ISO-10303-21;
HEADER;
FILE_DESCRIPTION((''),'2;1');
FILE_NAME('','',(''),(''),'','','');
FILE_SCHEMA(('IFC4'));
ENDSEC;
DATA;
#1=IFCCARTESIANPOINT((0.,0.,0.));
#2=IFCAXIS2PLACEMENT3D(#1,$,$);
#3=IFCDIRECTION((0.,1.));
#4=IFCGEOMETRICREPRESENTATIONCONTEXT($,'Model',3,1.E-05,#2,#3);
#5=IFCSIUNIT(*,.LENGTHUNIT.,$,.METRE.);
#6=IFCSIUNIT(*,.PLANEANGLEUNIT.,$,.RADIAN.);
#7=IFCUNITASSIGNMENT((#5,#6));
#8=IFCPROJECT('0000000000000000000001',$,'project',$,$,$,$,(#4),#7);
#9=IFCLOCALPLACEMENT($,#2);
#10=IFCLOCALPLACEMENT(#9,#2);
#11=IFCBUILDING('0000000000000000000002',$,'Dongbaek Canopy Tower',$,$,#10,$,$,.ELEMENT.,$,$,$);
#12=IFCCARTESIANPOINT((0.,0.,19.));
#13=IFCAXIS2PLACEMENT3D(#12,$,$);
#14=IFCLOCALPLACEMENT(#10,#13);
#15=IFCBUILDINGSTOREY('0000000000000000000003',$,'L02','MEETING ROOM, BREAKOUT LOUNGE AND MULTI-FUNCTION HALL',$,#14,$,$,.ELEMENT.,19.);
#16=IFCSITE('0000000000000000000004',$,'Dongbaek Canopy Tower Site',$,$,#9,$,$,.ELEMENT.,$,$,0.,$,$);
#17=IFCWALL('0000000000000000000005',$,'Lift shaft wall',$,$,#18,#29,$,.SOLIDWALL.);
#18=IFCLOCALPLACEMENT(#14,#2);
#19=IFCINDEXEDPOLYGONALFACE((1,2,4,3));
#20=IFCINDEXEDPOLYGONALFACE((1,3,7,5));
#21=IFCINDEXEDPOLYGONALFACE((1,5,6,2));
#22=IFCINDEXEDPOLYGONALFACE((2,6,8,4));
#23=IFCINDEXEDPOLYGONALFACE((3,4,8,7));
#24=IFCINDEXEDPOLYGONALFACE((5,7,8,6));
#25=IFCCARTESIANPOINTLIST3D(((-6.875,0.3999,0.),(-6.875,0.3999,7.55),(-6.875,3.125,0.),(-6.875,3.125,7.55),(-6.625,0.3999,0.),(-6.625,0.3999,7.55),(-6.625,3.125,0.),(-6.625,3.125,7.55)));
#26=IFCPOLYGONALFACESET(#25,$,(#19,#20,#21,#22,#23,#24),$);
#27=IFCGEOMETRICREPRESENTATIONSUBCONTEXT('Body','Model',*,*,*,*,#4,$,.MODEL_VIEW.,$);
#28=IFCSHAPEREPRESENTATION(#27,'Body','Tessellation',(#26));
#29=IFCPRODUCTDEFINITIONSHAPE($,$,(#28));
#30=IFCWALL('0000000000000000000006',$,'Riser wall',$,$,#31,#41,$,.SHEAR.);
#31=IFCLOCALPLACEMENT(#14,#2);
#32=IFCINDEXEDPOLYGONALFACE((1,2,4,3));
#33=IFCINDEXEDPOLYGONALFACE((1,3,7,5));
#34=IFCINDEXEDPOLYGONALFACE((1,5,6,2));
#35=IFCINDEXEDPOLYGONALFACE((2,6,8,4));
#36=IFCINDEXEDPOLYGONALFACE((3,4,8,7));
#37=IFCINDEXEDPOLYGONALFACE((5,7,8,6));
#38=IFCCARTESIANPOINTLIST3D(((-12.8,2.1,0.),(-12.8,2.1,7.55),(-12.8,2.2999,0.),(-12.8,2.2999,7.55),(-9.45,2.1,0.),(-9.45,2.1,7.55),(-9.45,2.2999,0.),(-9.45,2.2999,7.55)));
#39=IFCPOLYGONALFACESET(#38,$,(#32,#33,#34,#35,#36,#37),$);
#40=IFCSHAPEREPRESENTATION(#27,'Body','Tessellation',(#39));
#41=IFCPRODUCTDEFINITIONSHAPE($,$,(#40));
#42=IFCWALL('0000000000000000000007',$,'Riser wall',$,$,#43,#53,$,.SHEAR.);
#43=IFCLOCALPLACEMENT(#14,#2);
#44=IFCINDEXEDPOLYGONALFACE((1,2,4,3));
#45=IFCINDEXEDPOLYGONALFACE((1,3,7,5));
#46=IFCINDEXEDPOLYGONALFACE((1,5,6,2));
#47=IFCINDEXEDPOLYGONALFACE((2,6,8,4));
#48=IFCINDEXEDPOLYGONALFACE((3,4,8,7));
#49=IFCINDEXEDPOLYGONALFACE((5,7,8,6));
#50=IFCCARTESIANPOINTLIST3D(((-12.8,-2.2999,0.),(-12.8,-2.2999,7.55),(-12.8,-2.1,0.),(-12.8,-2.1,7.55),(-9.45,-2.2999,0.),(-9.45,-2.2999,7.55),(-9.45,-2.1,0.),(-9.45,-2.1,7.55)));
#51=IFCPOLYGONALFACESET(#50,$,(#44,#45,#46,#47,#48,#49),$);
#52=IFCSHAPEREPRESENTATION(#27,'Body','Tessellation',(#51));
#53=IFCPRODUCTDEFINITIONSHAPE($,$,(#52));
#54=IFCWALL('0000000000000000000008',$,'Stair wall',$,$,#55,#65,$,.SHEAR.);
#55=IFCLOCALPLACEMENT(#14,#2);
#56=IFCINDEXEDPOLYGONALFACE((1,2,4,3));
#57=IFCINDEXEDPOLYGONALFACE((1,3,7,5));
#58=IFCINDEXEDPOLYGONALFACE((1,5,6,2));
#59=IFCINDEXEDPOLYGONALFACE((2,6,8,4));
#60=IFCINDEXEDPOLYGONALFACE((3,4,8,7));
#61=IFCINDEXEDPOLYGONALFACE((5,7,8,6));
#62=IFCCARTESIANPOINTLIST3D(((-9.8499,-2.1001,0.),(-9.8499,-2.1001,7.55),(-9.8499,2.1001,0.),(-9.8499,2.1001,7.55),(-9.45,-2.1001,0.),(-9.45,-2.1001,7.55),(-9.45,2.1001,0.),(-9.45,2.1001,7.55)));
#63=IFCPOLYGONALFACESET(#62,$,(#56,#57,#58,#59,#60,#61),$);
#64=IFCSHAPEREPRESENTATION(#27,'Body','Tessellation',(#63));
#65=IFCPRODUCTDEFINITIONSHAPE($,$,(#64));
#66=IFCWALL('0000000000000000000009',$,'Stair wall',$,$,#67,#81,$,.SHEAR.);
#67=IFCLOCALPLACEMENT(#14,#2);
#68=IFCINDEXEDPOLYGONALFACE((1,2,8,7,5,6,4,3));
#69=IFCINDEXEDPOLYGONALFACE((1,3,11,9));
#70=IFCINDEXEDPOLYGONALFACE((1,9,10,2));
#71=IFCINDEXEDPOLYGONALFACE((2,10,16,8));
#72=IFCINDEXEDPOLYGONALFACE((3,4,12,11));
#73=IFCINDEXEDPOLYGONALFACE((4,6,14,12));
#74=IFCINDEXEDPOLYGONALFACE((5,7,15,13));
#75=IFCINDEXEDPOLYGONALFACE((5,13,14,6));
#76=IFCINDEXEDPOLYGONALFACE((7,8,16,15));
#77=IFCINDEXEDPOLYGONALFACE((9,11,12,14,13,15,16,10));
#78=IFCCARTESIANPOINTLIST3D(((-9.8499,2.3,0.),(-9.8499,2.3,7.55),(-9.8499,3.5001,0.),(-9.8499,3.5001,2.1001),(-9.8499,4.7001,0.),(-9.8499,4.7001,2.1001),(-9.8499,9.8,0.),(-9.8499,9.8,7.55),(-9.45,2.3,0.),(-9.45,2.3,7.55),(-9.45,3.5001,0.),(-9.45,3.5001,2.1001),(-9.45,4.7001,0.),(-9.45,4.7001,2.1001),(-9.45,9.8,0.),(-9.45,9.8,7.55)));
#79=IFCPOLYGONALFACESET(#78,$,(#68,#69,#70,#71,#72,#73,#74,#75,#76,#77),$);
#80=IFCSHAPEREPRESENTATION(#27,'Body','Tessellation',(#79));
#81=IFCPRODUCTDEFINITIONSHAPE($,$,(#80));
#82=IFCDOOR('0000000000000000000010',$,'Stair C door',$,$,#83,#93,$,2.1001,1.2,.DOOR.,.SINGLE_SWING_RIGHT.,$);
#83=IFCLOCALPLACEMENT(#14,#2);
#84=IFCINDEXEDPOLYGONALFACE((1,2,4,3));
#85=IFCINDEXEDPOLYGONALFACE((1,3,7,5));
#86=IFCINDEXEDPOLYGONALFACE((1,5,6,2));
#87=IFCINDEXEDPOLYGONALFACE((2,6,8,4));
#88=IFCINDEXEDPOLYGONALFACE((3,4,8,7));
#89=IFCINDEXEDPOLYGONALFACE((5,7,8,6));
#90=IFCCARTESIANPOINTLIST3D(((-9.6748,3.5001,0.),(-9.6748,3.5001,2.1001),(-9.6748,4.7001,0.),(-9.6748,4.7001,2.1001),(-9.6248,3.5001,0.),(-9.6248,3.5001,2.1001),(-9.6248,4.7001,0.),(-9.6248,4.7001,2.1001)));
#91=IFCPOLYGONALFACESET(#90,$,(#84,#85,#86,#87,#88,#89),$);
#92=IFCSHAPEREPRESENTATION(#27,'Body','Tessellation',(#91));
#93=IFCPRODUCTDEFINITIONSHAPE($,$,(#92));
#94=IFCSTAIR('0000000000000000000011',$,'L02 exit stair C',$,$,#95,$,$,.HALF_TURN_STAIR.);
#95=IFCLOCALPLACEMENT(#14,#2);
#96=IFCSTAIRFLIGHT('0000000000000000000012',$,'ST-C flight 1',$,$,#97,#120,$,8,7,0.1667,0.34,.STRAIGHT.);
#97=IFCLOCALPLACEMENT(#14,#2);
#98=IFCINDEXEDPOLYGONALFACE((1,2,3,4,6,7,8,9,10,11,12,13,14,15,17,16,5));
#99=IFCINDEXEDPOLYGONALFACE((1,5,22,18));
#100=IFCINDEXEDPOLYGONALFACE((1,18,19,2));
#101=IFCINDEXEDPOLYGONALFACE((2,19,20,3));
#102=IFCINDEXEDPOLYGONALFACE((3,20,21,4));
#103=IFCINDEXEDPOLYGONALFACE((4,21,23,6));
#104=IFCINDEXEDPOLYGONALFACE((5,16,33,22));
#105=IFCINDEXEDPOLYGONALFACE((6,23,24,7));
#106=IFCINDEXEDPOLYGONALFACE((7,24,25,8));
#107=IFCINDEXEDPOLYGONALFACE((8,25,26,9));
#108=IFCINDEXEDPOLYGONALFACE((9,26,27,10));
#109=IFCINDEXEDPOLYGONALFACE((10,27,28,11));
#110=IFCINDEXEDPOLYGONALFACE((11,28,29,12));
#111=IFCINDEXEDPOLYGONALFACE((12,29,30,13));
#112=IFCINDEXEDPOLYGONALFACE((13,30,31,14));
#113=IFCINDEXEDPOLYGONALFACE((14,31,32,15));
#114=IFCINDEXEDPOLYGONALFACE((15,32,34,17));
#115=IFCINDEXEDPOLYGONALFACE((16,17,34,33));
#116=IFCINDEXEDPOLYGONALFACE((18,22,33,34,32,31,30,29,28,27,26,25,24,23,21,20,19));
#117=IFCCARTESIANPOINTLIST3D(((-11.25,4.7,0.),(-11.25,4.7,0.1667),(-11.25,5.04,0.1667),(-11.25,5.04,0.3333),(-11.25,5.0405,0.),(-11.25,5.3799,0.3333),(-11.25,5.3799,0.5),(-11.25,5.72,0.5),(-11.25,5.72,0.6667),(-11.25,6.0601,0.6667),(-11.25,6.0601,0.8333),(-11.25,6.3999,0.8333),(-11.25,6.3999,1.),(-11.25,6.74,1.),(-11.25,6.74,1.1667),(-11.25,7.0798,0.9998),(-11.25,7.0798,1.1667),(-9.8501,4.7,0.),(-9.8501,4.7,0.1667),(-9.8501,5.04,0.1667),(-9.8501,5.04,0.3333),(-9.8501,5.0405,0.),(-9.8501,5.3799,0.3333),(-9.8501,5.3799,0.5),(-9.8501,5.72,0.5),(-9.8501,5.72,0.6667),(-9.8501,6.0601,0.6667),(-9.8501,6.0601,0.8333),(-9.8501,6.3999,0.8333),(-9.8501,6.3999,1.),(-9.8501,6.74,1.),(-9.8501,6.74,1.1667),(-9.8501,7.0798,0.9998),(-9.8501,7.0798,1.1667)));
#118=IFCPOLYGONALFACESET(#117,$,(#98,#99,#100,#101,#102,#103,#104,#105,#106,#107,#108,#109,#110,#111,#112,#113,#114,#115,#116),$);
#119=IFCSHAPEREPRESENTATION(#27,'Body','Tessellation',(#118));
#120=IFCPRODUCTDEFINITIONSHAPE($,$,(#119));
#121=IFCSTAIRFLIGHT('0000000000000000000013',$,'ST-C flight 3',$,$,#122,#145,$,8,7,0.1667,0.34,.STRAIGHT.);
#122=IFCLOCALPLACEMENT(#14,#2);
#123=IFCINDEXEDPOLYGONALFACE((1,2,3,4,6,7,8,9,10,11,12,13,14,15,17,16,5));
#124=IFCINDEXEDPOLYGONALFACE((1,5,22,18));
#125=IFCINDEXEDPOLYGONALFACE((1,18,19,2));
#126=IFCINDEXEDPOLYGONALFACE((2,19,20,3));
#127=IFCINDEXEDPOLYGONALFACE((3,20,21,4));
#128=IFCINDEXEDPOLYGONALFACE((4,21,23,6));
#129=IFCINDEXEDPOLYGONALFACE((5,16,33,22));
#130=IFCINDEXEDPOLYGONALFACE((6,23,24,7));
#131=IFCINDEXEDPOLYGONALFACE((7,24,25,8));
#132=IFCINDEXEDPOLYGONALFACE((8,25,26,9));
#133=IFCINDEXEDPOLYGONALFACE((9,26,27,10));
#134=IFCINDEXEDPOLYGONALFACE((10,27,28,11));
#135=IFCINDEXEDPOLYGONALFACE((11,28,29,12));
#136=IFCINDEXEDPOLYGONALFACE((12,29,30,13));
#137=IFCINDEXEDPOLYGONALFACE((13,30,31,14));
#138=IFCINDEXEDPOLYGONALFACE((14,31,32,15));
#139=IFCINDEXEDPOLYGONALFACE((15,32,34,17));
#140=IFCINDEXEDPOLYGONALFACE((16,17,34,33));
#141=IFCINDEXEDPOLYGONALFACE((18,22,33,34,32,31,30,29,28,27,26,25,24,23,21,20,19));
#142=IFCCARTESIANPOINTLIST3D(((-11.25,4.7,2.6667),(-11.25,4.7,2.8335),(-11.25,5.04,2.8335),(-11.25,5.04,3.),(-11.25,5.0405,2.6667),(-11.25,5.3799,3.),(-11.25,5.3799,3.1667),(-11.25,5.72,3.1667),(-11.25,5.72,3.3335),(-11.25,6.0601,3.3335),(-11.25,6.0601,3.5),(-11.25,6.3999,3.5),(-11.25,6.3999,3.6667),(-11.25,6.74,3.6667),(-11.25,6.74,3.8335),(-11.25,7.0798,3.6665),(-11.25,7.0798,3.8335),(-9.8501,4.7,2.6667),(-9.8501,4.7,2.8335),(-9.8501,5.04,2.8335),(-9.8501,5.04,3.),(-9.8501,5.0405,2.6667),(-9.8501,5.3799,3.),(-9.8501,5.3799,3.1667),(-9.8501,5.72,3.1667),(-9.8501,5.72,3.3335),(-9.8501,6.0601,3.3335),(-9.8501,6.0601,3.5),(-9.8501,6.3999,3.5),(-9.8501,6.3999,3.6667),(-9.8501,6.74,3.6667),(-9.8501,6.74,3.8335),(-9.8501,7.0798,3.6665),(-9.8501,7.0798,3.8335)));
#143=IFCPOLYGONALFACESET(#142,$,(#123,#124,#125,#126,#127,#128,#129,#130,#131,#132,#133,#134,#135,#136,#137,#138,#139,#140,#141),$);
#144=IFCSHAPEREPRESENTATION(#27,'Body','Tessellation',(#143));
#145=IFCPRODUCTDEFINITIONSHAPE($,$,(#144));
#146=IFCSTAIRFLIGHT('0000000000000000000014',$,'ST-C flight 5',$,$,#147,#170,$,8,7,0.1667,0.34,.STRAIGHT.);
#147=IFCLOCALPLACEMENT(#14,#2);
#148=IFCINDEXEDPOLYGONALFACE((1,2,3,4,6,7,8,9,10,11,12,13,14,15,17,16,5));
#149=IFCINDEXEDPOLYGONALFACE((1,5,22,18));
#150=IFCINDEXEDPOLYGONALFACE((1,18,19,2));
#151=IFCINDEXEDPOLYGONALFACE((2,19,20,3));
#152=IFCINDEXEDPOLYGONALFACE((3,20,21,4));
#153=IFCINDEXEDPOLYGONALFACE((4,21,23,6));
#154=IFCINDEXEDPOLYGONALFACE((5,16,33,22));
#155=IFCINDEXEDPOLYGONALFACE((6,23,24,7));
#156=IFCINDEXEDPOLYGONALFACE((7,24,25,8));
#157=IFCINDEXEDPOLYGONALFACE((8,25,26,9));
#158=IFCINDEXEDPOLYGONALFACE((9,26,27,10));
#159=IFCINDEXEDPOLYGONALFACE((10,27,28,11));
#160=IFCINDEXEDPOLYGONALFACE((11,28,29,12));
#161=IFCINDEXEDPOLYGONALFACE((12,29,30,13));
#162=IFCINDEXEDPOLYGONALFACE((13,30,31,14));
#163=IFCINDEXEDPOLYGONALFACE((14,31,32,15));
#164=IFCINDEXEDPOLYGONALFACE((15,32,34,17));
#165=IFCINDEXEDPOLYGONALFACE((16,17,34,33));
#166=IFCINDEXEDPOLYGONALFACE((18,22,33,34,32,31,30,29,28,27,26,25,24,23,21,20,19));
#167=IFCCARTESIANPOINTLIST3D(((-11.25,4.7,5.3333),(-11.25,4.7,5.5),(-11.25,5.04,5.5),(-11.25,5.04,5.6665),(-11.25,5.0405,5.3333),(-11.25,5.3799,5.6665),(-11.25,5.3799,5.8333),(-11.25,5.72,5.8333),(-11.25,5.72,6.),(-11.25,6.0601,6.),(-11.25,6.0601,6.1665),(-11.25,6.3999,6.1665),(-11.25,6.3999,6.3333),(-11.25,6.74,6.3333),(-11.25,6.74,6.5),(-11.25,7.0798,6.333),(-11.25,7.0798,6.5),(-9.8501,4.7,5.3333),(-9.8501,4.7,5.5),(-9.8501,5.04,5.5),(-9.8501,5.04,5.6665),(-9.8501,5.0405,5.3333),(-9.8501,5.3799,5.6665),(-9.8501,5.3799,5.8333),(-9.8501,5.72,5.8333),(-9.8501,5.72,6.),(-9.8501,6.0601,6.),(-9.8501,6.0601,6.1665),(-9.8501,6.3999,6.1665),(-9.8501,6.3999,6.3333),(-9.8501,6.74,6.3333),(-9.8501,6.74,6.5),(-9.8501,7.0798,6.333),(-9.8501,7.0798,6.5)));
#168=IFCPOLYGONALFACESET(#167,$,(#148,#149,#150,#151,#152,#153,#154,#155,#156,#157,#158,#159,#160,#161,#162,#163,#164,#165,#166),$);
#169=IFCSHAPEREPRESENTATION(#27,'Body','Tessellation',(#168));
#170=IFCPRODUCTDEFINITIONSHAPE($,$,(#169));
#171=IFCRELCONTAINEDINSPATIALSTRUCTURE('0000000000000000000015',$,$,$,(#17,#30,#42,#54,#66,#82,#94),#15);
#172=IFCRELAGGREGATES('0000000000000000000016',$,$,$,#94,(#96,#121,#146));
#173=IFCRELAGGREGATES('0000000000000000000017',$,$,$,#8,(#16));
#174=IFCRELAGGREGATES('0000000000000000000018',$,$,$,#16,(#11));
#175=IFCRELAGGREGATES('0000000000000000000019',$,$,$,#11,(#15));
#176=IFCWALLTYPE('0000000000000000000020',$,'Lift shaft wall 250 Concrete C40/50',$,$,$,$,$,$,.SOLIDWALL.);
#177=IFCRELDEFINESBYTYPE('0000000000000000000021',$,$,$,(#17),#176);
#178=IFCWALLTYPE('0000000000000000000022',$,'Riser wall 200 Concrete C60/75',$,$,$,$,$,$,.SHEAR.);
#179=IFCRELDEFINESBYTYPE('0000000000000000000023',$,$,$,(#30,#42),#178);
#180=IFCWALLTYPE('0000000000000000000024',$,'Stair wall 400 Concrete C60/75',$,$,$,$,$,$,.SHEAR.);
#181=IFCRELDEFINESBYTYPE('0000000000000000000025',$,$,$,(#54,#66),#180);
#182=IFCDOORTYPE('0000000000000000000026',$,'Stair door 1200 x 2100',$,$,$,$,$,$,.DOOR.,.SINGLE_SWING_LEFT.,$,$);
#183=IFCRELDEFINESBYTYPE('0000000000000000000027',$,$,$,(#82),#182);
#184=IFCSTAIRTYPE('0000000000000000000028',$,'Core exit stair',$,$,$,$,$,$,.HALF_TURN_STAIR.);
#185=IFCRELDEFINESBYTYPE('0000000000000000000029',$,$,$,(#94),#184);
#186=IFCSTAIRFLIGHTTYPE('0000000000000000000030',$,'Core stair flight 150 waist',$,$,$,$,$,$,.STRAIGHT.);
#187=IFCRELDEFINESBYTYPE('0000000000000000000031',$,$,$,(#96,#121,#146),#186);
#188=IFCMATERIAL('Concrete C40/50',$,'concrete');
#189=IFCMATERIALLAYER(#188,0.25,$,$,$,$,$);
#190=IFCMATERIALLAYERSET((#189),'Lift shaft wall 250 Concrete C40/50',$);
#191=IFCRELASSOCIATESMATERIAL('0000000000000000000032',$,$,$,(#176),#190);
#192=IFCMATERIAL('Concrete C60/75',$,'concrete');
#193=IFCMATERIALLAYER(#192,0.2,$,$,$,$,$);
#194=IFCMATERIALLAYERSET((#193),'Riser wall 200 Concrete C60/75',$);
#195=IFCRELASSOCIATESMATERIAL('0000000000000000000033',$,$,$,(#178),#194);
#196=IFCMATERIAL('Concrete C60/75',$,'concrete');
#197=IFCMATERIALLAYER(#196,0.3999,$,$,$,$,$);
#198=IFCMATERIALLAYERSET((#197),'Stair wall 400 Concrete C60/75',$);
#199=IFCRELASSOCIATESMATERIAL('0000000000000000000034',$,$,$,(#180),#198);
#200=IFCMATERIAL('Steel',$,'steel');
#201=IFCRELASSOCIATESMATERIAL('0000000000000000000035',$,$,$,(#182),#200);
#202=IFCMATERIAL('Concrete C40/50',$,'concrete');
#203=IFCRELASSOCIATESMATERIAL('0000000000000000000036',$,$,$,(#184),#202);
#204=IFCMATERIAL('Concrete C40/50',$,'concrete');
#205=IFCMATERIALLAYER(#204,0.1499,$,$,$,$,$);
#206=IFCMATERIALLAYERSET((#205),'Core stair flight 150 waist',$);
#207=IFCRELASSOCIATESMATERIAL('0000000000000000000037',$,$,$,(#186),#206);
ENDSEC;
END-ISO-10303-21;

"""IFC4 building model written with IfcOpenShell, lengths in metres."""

from ifc_helpers import new_model, si_unit, direction, frame, frame_2d, origin, place, context, subcontext, project, spatial, polyline, rectangle, outline, extrude, material, layer, layer_set, type_object, element, fill, aggregate, save


model = new_model("IFC4")

# Units and contexts
model_context = context("Model", 3, precision=1e-05, world=origin(), true_north=direction((0.0, 1.0)))
body_context = subcontext(model_context, "Body", "Model", "MODEL_VIEW")
ifc_project = project(units=[si_unit("LENGTHUNIT", "METRE"), si_unit("PLANEANGLEUNIT", "RADIAN")], contexts=[model_context])

# Site, building, storey
site_placement = place(None, origin())
site = spatial("IfcSite", under=ifc_project, at=site_placement, Name="Dongbaek Canopy Tower Site", CompositionType="ELEMENT", RefElevation=0.0)
building_placement = place(site_placement, origin())
building = spatial("IfcBuilding", under=site, at=building_placement, Name="Dongbaek Canopy Tower", CompositionType="ELEMENT")
storey_placement = place(building_placement, frame((0.0, 0.0, 19.0)))
storey = spatial("IfcBuildingStorey", under=building, at=storey_placement, Name="L02", Description="MEETING ROOM, BREAKOUT LOUNGE AND MULTI-FUNCTION HALL", CompositionType="ELEMENT", Elevation=19.0)

# Walls
ifc_material_1 = material(Name="Concrete C40/50", Category="concrete")
ifc_layer_1 = layer(ifc_material_1, 0.25)
ifc_layer_set_1 = layer_set([ifc_layer_1], Name="Lift shaft wall 250 Concrete C40/50")
wall_type_1 = type_object("IfcWallType", Name="Lift shaft wall 250 Concrete C40/50", PredefinedType="SOLIDWALL", material=ifc_layer_set_1)
wall_1_placement = place(storey_placement, frame((-6.75, 0.3999, 0.0), z_axis=(0.0, 0.0, 1.0), x_axis=(0.0, 1.0, 0.0)))
element("IfcWall", 1, at=wall_1_placement, inside=storey, type_object=wall_type_1, Name="Lift shaft wall", PredefinedType="SOLIDWALL", context=body_context, shape_type="SweptSolid", body=[
    extrude(rectangle(XDim=2.7251, YDim=0.25, at=frame_2d((1.3625, 0.0))), origin(), (0.0, 0.0, 1.0), 7.55),
])
ifc_material_2 = material(Name="Concrete C60/75", Category="concrete")
ifc_layer_2 = layer(ifc_material_2, 0.2)
ifc_layer_set_2 = layer_set([ifc_layer_2], Name="Riser wall 200 Concrete C60/75")
wall_type_2 = type_object("IfcWallType", Name="Riser wall 200 Concrete C60/75", PredefinedType="SHEAR", material=ifc_layer_set_2)
for number, where, z_axis, x_axis, name in (
    (2, (-9.45, 2.2, 0.0), (0.0, 0.0, 1.0), (-1.0, 0.0, 0.0), "Riser wall"),
    (3, (-9.45, -2.2, 0.0), (0.0, 0.0, 1.0), (-1.0, 0.0, 0.0), "Riser wall"),
):
    element("IfcWall", number, at=place(storey_placement, frame(where, z_axis=z_axis, x_axis=x_axis)), inside=storey, type_object=wall_type_2, Name=name, PredefinedType="SHEAR", context=body_context, shape_type="SweptSolid", body=[
        extrude(rectangle(XDim=3.3501, YDim=0.2, at=frame_2d((1.675, 0.0))), origin(), (0.0, 0.0, 1.0), 7.55),
    ])
ifc_material_3 = material(Name="Concrete C60/75", Category="concrete")
ifc_layer_3 = layer(ifc_material_3, 0.3999)
ifc_layer_set_3 = layer_set([ifc_layer_3], Name="Stair wall 400 Concrete C60/75")
wall_type_3 = type_object("IfcWallType", Name="Stair wall 400 Concrete C60/75", PredefinedType="SHEAR", material=ifc_layer_set_3)
wall_2_placement = place(storey_placement, frame((-9.6499, -2.1001, 0.0), z_axis=(0.0, 0.0, 1.0), x_axis=(0.0, 1.0, 0.0)))
element("IfcWall", 4, at=wall_2_placement, inside=storey, type_object=wall_type_3, Name="Stair wall", PredefinedType="SHEAR", context=body_context, shape_type="SweptSolid", body=[
    extrude(rectangle(XDim=4.2002, YDim=0.3999, at=frame_2d((2.1001, 0.0))), origin(), (0.0, 0.0, 1.0), 7.55),
])

# Wall, opening, door
wall_3_placement = place(storey_placement, frame((-9.6499, 2.3, 0.0), z_axis=(0.0, 0.0, 1.0), x_axis=(0.0, 1.0, 0.0)))
wall_3 = element("IfcWall", 5, at=wall_3_placement, inside=storey, type_object=wall_type_3, Name="Stair wall", PredefinedType="SHEAR", context=body_context, shape_type="SweptSolid", body=[
    extrude(rectangle(XDim=7.5, YDim=0.3999, at=frame_2d((3.75, 0.0))), origin(), (0.0, 0.0, 1.0), 7.55),
])
opening_1_placement = place(wall_3_placement, frame((1.2, 0.0, 0.0)))
opening_1 = element("IfcOpeningElement", 6, at=opening_1_placement, cuts=wall_3, PredefinedType="OPENING", context=body_context, shape_type="SweptSolid", body=[
    extrude(rectangle(XDim=1.2, YDim=2.1001, at=frame_2d((0.6001, 1.05))), frame((0.0, 0.21, 0.0), z_axis=(0.0, -1.0, 0.0), x_axis=(1.0, 0.0, 0.0)), (0.0, 0.0, 1.0), 0.4199),
])
ifc_material_4 = material(Name="Steel", Category="steel")
door_type_1 = type_object("IfcDoorType", Name="Stair door 1200 x 2100", OperationType="SINGLE_SWING_LEFT", PredefinedType="DOOR", material=ifc_material_4)
door_1_placement = place(opening_1_placement, origin())
door_1 = element("IfcDoor", 7, at=door_1_placement, inside=storey, type_object=door_type_1, Name="Stair C door", OperationType="SINGLE_SWING_RIGHT", OverallHeight=2.1001, OverallWidth=1.2, PredefinedType="DOOR", context=body_context, shape_type="SweptSolid", body=[
    extrude(rectangle(XDim=1.2, YDim=2.1001, at=frame_2d((0.6001, 1.05))), frame((0.0, 0.0249, 0.0), z_axis=(0.0, -1.0, 0.0), x_axis=(1.0, 0.0, 0.0)), (0.0, 0.0, 1.0), 0.05),
])
fill(opening_1, door_1)

# Stair, stair flights
ifc_material_5 = material(Name="Concrete C40/50", Category="concrete")
stair_type = type_object("IfcStairType", Name="Core exit stair", PredefinedType="HALF_TURN_STAIR", material=ifc_material_5)
stair_placement = place(storey_placement, origin())
stair = element("IfcStair", 8, at=stair_placement, inside=storey, type_object=stair_type, Name="L02 exit stair C", PredefinedType="HALF_TURN_STAIR")
ifc_material_6 = material(Name="Concrete C40/50", Category="concrete")
ifc_layer_4 = layer(ifc_material_6, 0.1499)
ifc_layer_set_4 = layer_set([ifc_layer_4], Name="Core stair flight 150 waist")
stair_flight_type = type_object("IfcStairFlightType", Name="Core stair flight 150 waist", PredefinedType="STRAIGHT", material=ifc_layer_set_4)
stair_flight_1_placement = place(storey_placement, frame((-10.55, 4.7, 0.0), z_axis=(0.0, 0.0, 1.0), x_axis=(0.0, 1.0, 0.0)))
stair_flight_1 = element("IfcStairFlight", 9, at=stair_flight_1_placement, type_object=stair_flight_type, Name="ST-C flight 1", NumberOfRisers=8, NumberOfTreads=7, PredefinedType="STRAIGHT", RiserHeight=0.1667, TreadLength=0.34, context=body_context, shape_type="SweptSolid", body=[
    extrude(outline(polyline([(0.0, 0.0), (0.0, 0.1667), (0.3401, 0.1667), (0.3401, 0.3333), (0.6799, 0.3333), (0.6799, 0.5), (1.02, 0.5), (1.02, 0.6667), (1.3601, 0.6667), (1.3601, 0.8333), (1.7, 0.8333), (1.7, 1.0), (2.04, 1.0), (2.04, 1.1667), (2.3799, 1.1667), (2.3799, 1.3333), (2.3799, 0.9998), (0.3406, 0.0), (0.0, 0.0)])), frame((0.0, 0.7, 0.0), z_axis=(0.0, -1.0, 0.0), x_axis=(1.0, 0.0, 0.0)), (0.0, 0.0, 1.0), 1.3999),
])
stair_flight_2_placement = place(storey_placement, frame((-10.55, 4.7, 2.6667), z_axis=(0.0, 0.0, 1.0), x_axis=(0.0, 1.0, 0.0)))
stair_flight_2 = element("IfcStairFlight", 10, at=stair_flight_2_placement, type_object=stair_flight_type, Name="ST-C flight 3", NumberOfRisers=8, NumberOfTreads=7, PredefinedType="STRAIGHT", RiserHeight=0.1667, TreadLength=0.34, context=body_context, shape_type="SweptSolid", body=[
    extrude(outline(polyline([(0.0, 0.0), (0.0, 0.1667), (0.3401, 0.1667), (0.3401, 0.3333), (0.6799, 0.3333), (0.6799, 0.5), (1.02, 0.5), (1.02, 0.6667), (1.3601, 0.6667), (1.3601, 0.8333), (1.7, 0.8333), (1.7, 1.0), (2.04, 1.0), (2.04, 1.1667), (2.3799, 1.1667), (2.3799, 1.3333), (2.3799, 0.9998), (0.3406, 0.0), (0.0, 0.0)])), frame((0.0, 0.7, 0.0), z_axis=(0.0, -1.0, 0.0), x_axis=(1.0, 0.0, 0.0)), (0.0, 0.0, 1.0), 1.3999),
])
stair_flight_3_placement = place(storey_placement, frame((-10.55, 4.7, 5.3333), z_axis=(0.0, 0.0, 1.0), x_axis=(0.0, 1.0, 0.0)))
stair_flight_3 = element("IfcStairFlight", 11, at=stair_flight_3_placement, type_object=stair_flight_type, Name="ST-C flight 5", NumberOfRisers=8, NumberOfTreads=7, PredefinedType="STRAIGHT", RiserHeight=0.1667, TreadLength=0.34, context=body_context, shape_type="SweptSolid", body=[
    extrude(outline(polyline([(0.0, 0.0), (0.0, 0.1667), (0.3401, 0.1667), (0.3401, 0.3333), (0.6799, 0.3333), (0.6799, 0.5), (1.02, 0.5), (1.02, 0.6667), (1.3601, 0.6667), (1.3601, 0.8333), (1.7, 0.8333), (1.7, 1.0), (2.04, 1.0), (2.04, 1.1667), (2.3799, 1.1667), (2.3799, 1.3333), (2.3799, 0.9998), (0.3406, 0.0), (0.0, 0.0)])), frame((0.0, 0.7, 0.0), z_axis=(0.0, -1.0, 0.0), x_axis=(1.0, 0.0, 0.0)), (0.0, 0.0, 1.0), 1.3999),
])
aggregate(stair, [stair_flight_1, stair_flight_2, stair_flight_3])

save(model, "model.ifc")
